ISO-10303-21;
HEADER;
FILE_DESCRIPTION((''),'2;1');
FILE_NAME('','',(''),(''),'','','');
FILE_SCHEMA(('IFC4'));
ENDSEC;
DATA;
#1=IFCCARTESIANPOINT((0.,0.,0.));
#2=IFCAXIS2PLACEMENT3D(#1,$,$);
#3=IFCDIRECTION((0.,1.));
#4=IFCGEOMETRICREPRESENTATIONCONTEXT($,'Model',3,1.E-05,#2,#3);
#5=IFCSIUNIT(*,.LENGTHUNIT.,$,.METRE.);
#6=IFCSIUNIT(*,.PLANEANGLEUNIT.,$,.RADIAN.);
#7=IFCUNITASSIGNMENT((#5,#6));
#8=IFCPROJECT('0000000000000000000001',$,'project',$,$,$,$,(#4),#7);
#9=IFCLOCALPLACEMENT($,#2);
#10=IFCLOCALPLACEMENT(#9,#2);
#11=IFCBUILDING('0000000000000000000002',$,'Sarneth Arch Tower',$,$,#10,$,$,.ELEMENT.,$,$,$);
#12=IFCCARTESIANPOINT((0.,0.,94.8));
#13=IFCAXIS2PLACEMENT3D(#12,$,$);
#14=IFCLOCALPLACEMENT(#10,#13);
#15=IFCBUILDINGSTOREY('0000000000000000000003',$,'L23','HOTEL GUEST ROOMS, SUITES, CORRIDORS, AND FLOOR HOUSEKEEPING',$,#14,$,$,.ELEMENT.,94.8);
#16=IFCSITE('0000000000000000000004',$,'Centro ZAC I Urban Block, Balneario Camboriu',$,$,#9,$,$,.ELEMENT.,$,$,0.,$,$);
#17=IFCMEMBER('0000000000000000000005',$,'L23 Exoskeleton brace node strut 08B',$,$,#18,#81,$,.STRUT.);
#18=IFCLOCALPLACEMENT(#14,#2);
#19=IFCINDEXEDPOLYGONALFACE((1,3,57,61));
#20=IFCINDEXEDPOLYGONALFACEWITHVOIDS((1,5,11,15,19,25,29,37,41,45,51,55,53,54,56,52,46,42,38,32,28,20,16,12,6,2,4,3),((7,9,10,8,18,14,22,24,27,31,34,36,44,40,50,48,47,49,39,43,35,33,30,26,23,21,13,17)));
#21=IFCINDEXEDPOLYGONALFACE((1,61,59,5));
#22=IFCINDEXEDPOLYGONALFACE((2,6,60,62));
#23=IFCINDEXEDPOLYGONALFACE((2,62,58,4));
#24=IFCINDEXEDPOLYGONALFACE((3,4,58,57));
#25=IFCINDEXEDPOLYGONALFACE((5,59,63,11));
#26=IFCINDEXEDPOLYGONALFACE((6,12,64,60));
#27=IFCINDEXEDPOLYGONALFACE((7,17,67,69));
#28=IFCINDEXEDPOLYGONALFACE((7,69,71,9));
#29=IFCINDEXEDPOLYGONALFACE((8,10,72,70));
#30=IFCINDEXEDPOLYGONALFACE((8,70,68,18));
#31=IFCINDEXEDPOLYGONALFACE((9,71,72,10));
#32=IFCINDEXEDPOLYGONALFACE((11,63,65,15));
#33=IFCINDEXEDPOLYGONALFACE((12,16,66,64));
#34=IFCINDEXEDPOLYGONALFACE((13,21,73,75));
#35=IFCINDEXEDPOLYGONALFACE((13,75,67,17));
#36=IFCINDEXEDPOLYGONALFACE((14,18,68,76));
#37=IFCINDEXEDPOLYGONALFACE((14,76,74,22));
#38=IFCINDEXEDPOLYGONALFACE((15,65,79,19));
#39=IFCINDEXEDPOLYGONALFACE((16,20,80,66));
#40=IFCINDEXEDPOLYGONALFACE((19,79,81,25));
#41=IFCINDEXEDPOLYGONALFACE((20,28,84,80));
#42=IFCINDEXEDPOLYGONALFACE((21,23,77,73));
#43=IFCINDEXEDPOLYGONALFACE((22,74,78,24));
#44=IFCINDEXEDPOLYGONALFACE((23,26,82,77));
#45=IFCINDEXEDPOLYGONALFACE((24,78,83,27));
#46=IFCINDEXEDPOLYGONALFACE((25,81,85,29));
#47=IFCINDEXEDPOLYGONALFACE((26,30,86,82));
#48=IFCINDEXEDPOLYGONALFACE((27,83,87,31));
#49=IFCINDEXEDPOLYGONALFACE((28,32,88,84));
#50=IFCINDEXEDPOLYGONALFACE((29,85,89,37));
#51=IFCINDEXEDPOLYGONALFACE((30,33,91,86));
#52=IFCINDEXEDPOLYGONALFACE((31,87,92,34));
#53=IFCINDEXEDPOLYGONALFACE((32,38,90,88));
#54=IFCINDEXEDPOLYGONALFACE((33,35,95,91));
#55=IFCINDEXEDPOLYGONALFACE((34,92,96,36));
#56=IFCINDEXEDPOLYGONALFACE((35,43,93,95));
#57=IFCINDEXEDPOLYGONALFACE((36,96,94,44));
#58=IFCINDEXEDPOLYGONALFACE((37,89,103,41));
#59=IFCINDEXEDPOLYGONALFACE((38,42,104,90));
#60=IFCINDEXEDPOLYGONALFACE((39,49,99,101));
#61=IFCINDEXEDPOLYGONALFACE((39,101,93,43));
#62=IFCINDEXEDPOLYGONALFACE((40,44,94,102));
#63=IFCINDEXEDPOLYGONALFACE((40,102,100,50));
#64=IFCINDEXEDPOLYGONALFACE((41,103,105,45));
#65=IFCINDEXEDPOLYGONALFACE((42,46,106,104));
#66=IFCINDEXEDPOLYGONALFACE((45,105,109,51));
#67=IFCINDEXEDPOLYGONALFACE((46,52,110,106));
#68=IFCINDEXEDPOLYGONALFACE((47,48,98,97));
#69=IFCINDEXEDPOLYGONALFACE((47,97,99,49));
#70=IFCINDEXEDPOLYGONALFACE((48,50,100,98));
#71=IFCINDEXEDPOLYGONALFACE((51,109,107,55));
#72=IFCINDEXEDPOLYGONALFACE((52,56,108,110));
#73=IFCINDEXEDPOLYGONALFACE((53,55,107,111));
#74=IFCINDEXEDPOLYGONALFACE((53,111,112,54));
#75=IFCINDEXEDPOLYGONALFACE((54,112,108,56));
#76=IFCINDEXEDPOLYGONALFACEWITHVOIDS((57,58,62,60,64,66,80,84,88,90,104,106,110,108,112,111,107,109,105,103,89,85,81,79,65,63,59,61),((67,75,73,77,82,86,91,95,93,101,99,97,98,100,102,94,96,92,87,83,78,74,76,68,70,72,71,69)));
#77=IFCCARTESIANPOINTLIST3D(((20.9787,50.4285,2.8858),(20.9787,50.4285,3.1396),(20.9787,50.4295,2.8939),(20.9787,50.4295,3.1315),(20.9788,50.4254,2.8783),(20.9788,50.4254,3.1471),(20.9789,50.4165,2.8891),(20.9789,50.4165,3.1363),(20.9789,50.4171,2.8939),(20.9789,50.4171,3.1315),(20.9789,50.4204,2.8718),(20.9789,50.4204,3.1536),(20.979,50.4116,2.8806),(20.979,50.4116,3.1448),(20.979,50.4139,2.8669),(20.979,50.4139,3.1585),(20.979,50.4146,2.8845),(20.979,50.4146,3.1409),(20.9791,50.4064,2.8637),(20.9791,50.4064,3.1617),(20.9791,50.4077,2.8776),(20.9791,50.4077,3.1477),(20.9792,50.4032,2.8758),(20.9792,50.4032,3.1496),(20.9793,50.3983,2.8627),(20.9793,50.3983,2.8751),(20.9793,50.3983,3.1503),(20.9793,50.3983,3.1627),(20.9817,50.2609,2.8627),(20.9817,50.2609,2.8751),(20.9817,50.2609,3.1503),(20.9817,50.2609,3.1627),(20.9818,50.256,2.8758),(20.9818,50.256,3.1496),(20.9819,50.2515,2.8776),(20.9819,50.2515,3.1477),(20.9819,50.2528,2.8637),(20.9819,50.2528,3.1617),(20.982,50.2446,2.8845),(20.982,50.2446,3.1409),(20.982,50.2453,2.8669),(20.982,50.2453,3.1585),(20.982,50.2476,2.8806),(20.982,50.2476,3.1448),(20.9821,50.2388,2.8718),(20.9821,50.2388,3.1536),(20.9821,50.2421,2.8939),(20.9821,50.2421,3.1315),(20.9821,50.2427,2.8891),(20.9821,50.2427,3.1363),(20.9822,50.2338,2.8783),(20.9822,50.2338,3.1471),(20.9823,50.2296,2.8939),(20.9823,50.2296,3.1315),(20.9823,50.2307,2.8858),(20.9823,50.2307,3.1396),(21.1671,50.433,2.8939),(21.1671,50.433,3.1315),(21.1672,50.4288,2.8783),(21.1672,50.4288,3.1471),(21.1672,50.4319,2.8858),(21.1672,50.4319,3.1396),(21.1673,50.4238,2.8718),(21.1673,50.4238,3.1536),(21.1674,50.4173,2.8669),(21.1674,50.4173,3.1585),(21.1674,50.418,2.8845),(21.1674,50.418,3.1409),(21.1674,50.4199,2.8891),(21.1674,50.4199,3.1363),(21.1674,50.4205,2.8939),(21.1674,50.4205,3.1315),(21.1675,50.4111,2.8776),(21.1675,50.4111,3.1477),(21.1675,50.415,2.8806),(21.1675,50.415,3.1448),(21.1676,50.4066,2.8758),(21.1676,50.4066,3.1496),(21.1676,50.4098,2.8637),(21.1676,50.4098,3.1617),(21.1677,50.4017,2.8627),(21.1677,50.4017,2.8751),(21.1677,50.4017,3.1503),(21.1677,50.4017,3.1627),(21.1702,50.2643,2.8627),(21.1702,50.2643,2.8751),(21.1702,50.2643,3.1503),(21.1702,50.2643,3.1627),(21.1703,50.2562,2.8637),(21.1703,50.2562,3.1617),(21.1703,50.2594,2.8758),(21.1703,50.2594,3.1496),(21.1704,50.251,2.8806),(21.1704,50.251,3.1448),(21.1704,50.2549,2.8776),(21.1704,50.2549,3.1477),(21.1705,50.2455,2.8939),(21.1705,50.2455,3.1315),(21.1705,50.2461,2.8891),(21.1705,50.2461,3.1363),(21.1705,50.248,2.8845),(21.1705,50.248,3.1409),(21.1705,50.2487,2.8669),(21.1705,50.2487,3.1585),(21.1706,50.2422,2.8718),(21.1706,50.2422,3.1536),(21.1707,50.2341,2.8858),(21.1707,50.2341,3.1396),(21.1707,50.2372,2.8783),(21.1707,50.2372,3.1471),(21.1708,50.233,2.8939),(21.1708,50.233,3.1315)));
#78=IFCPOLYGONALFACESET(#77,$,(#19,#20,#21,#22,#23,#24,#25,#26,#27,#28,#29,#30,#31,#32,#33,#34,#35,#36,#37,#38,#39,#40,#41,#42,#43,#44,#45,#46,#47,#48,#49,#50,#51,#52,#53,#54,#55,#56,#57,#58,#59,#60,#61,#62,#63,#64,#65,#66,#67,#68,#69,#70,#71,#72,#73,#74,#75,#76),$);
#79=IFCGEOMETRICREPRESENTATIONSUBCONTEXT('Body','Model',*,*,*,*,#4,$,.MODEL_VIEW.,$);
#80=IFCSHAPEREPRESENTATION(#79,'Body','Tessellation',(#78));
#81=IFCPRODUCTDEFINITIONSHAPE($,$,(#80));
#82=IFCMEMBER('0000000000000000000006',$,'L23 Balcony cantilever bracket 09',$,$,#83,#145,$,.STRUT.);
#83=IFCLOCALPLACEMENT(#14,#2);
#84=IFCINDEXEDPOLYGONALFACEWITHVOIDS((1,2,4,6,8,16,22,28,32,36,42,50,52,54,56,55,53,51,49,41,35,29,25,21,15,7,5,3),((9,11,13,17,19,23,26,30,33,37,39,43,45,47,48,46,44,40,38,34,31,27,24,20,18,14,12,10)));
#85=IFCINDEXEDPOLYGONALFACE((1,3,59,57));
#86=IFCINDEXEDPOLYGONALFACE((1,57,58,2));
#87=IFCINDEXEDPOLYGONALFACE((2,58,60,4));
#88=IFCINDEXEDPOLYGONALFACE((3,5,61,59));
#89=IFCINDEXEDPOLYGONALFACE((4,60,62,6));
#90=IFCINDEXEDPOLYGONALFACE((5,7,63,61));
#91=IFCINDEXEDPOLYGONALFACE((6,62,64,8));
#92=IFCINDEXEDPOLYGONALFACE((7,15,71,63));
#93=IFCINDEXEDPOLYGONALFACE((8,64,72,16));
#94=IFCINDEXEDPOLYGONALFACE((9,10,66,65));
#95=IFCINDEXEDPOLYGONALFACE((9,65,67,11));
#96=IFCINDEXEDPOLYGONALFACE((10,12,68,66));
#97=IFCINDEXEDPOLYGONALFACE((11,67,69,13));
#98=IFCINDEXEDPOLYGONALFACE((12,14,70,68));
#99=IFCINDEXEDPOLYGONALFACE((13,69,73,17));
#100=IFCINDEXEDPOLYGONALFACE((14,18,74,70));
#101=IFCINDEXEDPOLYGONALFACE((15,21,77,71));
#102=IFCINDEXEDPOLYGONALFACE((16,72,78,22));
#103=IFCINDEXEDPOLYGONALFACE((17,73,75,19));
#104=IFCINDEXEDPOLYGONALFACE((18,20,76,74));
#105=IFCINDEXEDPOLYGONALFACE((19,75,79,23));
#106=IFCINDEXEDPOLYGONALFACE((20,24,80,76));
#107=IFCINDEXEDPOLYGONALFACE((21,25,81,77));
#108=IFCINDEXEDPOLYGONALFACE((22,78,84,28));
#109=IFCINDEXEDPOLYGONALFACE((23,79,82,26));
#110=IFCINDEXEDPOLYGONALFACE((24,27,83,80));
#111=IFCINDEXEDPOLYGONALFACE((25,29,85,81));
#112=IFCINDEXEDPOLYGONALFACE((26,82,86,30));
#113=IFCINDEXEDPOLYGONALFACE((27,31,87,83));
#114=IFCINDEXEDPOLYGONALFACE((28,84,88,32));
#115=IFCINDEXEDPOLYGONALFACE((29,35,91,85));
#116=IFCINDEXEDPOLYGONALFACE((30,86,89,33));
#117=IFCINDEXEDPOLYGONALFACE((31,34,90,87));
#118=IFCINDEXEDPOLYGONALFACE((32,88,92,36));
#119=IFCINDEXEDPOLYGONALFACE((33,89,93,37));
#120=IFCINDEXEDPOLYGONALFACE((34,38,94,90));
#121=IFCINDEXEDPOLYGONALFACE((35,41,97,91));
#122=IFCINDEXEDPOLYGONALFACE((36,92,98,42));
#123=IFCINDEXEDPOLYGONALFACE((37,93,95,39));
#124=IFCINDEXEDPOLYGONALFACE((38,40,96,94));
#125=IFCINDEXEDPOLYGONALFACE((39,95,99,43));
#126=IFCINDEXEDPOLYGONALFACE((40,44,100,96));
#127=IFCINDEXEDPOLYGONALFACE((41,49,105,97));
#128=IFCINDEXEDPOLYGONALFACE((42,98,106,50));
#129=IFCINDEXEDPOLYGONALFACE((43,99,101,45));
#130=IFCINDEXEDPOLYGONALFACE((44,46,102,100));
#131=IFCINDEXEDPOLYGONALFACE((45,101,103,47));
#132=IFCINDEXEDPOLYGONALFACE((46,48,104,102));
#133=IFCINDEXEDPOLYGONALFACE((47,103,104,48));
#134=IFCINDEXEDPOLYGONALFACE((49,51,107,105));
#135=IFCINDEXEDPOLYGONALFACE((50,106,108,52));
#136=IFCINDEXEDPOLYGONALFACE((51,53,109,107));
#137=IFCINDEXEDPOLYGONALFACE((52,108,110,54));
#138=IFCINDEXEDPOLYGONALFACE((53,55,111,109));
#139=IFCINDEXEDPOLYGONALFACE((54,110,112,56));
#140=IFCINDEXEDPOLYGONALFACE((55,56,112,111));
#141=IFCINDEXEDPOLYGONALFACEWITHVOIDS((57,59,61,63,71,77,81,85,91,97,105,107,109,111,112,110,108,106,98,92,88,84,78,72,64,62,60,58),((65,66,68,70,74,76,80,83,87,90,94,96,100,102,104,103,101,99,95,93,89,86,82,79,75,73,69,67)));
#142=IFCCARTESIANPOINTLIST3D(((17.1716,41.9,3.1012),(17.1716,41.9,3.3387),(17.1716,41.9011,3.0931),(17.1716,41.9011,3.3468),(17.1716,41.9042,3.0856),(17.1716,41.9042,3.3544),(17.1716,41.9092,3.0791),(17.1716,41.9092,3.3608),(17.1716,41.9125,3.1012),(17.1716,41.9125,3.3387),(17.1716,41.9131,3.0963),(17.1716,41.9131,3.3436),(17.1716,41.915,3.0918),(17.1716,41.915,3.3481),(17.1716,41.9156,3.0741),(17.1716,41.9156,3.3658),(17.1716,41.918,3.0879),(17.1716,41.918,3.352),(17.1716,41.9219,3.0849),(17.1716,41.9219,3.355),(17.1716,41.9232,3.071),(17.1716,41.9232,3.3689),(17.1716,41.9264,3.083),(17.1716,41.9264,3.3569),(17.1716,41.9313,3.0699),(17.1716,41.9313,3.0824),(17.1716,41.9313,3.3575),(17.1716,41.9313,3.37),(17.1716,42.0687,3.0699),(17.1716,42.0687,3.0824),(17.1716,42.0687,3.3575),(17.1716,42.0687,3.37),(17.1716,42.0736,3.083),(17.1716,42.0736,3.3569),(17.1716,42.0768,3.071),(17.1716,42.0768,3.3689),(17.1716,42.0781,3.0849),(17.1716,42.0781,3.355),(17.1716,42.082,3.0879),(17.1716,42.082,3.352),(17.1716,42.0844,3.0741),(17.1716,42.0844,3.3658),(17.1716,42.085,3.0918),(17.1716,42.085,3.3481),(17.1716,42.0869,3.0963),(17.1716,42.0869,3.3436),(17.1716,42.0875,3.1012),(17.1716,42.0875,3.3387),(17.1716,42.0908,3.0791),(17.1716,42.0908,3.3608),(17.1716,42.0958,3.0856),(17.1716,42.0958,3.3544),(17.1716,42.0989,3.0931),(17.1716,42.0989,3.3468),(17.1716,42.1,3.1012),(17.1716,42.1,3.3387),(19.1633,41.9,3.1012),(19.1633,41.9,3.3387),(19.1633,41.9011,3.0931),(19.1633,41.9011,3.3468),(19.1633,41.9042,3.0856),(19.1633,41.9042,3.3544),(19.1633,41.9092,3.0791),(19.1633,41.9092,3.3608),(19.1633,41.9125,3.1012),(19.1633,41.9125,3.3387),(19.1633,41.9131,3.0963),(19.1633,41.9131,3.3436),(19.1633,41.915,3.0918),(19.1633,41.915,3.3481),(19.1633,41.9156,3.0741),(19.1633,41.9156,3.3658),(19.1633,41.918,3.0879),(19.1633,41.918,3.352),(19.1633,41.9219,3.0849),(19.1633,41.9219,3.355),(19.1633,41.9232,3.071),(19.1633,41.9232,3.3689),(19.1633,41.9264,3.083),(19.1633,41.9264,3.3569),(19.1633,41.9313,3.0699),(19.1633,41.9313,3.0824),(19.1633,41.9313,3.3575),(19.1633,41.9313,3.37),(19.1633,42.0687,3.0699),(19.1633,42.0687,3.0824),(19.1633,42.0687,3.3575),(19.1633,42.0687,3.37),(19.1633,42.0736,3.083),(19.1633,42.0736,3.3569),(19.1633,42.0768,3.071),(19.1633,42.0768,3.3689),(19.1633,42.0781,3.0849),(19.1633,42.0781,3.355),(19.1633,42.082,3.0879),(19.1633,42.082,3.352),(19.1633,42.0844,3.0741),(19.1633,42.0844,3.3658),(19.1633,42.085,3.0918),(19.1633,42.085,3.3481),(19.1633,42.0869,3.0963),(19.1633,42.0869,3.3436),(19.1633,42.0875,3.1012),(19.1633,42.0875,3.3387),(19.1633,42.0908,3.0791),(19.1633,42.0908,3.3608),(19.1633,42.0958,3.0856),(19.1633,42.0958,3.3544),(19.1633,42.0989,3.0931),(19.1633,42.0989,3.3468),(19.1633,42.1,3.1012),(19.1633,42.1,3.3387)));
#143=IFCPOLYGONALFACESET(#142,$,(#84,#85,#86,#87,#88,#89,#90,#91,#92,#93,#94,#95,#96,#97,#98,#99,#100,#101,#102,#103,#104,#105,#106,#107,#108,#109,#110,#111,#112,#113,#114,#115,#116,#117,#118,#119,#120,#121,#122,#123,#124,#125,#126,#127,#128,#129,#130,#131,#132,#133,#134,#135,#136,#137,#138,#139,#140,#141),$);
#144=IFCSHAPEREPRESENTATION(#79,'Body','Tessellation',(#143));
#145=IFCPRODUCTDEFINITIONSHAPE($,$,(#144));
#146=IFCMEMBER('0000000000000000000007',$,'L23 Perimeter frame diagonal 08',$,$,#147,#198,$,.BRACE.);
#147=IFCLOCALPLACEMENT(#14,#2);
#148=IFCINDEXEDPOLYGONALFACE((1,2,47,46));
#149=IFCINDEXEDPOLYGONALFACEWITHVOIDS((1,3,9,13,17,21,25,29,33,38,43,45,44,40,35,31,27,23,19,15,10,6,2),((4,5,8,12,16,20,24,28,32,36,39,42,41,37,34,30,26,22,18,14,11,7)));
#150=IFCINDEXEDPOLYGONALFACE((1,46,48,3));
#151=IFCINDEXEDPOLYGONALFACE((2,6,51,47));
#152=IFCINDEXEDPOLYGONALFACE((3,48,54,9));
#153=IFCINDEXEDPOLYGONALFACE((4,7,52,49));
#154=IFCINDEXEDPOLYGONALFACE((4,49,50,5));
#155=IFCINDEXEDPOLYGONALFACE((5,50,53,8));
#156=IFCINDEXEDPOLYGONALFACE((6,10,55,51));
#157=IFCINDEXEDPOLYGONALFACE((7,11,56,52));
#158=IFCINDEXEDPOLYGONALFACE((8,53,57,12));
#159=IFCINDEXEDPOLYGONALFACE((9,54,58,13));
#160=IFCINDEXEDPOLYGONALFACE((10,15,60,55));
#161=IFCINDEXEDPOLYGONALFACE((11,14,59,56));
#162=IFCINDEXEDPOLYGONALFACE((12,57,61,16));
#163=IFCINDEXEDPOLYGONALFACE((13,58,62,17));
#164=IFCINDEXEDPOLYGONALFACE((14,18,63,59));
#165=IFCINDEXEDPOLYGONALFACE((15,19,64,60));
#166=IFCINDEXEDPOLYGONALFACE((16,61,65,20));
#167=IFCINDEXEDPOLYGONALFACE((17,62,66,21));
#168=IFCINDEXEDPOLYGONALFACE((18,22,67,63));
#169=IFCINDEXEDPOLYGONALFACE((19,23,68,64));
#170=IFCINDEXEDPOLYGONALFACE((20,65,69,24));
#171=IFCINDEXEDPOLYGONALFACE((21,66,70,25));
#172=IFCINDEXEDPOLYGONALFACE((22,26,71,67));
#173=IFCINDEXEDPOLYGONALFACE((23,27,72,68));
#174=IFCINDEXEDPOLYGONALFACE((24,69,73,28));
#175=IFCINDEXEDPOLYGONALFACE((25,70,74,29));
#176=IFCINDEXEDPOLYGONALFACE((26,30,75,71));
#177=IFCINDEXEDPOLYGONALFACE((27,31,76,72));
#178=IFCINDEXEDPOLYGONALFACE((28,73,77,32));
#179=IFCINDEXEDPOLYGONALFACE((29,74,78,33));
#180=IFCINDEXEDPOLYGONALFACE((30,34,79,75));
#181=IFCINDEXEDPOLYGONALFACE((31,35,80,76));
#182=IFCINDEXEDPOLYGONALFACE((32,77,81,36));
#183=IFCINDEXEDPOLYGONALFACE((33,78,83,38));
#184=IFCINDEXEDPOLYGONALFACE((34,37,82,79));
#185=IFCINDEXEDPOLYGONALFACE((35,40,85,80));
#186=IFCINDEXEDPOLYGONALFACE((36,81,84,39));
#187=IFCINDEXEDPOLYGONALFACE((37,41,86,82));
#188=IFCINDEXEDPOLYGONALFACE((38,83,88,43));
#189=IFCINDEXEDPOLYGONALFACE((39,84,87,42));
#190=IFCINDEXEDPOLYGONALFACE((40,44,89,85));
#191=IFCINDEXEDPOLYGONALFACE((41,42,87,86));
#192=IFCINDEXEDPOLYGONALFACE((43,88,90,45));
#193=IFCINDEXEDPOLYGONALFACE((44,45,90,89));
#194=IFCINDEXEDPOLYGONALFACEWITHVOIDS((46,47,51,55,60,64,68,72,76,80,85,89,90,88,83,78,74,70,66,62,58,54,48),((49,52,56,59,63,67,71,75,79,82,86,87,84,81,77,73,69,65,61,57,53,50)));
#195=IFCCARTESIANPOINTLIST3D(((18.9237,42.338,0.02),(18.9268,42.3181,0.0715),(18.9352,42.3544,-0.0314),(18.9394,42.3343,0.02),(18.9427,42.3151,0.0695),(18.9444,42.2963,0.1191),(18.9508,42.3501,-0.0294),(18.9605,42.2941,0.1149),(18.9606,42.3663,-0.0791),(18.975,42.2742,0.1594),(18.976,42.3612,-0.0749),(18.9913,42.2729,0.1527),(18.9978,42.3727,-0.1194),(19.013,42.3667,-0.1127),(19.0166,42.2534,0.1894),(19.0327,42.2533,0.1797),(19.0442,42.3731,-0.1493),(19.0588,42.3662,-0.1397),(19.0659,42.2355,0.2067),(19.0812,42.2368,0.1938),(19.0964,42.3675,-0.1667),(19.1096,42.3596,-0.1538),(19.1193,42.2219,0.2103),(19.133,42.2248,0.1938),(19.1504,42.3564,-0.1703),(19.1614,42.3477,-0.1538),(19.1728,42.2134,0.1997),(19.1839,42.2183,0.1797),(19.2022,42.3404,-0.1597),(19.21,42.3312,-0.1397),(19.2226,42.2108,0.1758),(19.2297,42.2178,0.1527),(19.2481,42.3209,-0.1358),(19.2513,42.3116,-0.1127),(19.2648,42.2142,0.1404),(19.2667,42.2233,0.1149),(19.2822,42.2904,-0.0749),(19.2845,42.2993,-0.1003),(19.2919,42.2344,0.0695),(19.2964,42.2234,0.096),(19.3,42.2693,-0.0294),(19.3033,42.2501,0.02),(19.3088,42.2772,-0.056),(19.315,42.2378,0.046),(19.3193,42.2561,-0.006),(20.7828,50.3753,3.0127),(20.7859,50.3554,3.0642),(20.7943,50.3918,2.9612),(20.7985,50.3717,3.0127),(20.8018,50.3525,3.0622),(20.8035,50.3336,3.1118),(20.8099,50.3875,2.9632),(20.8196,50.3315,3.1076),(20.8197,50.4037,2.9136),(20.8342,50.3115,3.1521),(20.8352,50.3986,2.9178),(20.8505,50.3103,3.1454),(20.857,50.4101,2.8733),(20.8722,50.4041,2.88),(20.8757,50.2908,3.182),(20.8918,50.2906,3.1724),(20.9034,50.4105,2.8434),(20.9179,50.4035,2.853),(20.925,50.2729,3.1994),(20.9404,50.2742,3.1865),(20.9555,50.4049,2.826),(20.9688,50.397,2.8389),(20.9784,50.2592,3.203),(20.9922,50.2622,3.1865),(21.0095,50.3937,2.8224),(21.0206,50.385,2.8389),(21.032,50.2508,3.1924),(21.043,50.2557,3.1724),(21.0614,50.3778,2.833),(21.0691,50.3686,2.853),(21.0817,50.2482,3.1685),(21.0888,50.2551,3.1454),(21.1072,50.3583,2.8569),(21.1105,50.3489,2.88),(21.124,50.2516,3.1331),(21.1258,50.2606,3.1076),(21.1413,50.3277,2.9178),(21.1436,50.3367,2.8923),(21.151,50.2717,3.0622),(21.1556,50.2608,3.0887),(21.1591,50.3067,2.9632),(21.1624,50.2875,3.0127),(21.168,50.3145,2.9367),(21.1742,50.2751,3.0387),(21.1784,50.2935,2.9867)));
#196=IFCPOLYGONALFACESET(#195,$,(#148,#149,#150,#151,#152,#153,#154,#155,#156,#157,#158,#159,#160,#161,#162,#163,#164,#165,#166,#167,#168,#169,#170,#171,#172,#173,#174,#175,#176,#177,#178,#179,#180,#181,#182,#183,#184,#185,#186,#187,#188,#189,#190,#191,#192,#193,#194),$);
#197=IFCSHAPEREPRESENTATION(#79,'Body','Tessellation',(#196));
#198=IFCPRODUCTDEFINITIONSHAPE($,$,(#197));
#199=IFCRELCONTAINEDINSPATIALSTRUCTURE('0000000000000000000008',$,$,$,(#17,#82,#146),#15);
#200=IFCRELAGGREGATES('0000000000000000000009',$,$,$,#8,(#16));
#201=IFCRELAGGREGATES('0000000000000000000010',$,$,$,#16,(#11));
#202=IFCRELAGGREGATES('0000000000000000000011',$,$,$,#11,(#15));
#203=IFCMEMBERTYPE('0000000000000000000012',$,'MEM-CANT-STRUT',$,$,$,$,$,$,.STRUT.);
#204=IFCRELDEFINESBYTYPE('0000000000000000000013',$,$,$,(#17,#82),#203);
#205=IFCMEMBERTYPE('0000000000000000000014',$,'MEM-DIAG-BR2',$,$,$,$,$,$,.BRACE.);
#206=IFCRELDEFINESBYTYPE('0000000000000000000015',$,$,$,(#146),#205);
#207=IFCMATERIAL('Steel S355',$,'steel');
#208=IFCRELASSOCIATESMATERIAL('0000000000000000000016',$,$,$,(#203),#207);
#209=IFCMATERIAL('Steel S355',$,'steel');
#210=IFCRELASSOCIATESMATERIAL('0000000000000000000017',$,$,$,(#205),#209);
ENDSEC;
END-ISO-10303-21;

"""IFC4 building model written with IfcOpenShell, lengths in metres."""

from ifc_helpers import new_model, si_unit, direction, frame, origin, origin_2d, place, context, subcontext, project, spatial, hollow_rectangle, hollow_circle, extrude, material, material_profile, profile_set, type_object, element, save


model = new_model("IFC4")

# Units and contexts
model_context = context("Model", 3, precision=1e-05, world=origin(), true_north=direction((0.0, 1.0)))
body_context = subcontext(model_context, "Body", "Model", "MODEL_VIEW")
ifc_project = project(units=[si_unit("LENGTHUNIT", "METRE"), si_unit("PLANEANGLEUNIT", "RADIAN")], contexts=[model_context])

# Site, building, storey
site_placement = place(None, origin())
site = spatial("IfcSite", under=ifc_project, at=site_placement, Name="Centro ZAC I Urban Block, Balneario Camboriu", CompositionType="ELEMENT", RefElevation=0.0)
building_placement = place(site_placement, origin())
building = spatial("IfcBuilding", under=site, at=building_placement, Name="Sarneth Arch Tower", CompositionType="ELEMENT")
storey_placement = place(building_placement, frame((0.0, 0.0, 94.8)))
storey = spatial("IfcBuildingStorey", under=building, at=storey_placement, Name="L23", Description="HOTEL GUEST ROOMS, SUITES, CORRIDORS, AND FLOOR HOUSEKEEPING", CompositionType="ELEMENT", Elevation=94.8)

# Members
ifc_material_1 = material(Name="Steel S355", Category="steel")
ifc_material_profile_1 = material_profile(ifc_material_1, hollow_rectangle(XDim=0.2, YDim=0.3, WallThickness=0.0125, InnerFilletRadius=0.0188, OuterFilletRadius=0.0312, at=origin_2d()), Name="RHS300x200x12.5")
ifc_profile_set_1 = profile_set([ifc_material_profile_1], Name="Steel S355")
member_type_1 = type_object("IfcMemberType", Name="MEM-CANT-STRUT", PredefinedType="STRUT", material=ifc_profile_set_1)
member_1_placement = place(storey_placement, frame((21.1689, 50.333, 3.0127), z_axis=(-0.999836, -0.018132, 0.0), x_axis=(0.018132, -0.999836, 0.0)))
element("IfcMember", 1, at=member_1_placement, inside=storey, type_object=member_type_1, Name="L23 Exoskeleton brace node strut 08B", PredefinedType="STRUT", context=body_context, shape_type="SweptSolid", body=[
    extrude(hollow_rectangle(XDim=0.2, YDim=0.3, WallThickness=0.0125, InnerFilletRadius=0.0188, OuterFilletRadius=0.0312, at=origin_2d()), origin(), (0.0, 0.0, 1.0), 0.1885),
])
member_2_placement = place(storey_placement, frame((19.1633, 42.0, 3.22), z_axis=(-1.0, 0.0, 0.0), x_axis=(0.0, -1.0, 0.0)))
element("IfcMember", 2, at=member_2_placement, inside=storey, type_object=member_type_1, Name="L23 Balcony cantilever bracket 09", PredefinedType="STRUT", context=body_context, shape_type="SweptSolid", body=[
    extrude(hollow_rectangle(XDim=0.2, YDim=0.3, WallThickness=0.0125, InnerFilletRadius=0.0188, OuterFilletRadius=0.0312, at=origin_2d()), origin(), (0.0, 0.0, 1.0), 1.9917),
])
ifc_material_2 = material(Name="Steel S355", Category="steel")
ifc_material_profile_2 = material_profile(ifc_material_2, hollow_circle(Radius=0.2029, WallThickness=0.0161, at=origin_2d()), Name="CHS406x16")
ifc_profile_set_2 = profile_set([ifc_material_profile_2], Name="Steel S355")
member_type_2 = type_object("IfcMemberType", Name="MEM-DIAG-BR2", PredefinedType="BRACE", material=ifc_profile_set_2)
member_3_placement = place(storey_placement, frame((19.1213, 42.2922, 0.02), z_axis=(0.211852, 0.915873, 0.341022), x_axis=(-0.974275, 0.225361, 0.0)))
element("IfcMember", 3, at=member_3_placement, inside=storey, type_object=member_type_2, Name="L23 Perimeter frame diagonal 08", PredefinedType="BRACE", context=body_context, shape_type="SweptSolid", body=[
    extrude(hollow_circle(Radius=0.2029, WallThickness=0.0161, at=origin_2d()), origin(), (0.0, 0.0, 1.0), 8.7756),
])

save(model, "model.ifc")
